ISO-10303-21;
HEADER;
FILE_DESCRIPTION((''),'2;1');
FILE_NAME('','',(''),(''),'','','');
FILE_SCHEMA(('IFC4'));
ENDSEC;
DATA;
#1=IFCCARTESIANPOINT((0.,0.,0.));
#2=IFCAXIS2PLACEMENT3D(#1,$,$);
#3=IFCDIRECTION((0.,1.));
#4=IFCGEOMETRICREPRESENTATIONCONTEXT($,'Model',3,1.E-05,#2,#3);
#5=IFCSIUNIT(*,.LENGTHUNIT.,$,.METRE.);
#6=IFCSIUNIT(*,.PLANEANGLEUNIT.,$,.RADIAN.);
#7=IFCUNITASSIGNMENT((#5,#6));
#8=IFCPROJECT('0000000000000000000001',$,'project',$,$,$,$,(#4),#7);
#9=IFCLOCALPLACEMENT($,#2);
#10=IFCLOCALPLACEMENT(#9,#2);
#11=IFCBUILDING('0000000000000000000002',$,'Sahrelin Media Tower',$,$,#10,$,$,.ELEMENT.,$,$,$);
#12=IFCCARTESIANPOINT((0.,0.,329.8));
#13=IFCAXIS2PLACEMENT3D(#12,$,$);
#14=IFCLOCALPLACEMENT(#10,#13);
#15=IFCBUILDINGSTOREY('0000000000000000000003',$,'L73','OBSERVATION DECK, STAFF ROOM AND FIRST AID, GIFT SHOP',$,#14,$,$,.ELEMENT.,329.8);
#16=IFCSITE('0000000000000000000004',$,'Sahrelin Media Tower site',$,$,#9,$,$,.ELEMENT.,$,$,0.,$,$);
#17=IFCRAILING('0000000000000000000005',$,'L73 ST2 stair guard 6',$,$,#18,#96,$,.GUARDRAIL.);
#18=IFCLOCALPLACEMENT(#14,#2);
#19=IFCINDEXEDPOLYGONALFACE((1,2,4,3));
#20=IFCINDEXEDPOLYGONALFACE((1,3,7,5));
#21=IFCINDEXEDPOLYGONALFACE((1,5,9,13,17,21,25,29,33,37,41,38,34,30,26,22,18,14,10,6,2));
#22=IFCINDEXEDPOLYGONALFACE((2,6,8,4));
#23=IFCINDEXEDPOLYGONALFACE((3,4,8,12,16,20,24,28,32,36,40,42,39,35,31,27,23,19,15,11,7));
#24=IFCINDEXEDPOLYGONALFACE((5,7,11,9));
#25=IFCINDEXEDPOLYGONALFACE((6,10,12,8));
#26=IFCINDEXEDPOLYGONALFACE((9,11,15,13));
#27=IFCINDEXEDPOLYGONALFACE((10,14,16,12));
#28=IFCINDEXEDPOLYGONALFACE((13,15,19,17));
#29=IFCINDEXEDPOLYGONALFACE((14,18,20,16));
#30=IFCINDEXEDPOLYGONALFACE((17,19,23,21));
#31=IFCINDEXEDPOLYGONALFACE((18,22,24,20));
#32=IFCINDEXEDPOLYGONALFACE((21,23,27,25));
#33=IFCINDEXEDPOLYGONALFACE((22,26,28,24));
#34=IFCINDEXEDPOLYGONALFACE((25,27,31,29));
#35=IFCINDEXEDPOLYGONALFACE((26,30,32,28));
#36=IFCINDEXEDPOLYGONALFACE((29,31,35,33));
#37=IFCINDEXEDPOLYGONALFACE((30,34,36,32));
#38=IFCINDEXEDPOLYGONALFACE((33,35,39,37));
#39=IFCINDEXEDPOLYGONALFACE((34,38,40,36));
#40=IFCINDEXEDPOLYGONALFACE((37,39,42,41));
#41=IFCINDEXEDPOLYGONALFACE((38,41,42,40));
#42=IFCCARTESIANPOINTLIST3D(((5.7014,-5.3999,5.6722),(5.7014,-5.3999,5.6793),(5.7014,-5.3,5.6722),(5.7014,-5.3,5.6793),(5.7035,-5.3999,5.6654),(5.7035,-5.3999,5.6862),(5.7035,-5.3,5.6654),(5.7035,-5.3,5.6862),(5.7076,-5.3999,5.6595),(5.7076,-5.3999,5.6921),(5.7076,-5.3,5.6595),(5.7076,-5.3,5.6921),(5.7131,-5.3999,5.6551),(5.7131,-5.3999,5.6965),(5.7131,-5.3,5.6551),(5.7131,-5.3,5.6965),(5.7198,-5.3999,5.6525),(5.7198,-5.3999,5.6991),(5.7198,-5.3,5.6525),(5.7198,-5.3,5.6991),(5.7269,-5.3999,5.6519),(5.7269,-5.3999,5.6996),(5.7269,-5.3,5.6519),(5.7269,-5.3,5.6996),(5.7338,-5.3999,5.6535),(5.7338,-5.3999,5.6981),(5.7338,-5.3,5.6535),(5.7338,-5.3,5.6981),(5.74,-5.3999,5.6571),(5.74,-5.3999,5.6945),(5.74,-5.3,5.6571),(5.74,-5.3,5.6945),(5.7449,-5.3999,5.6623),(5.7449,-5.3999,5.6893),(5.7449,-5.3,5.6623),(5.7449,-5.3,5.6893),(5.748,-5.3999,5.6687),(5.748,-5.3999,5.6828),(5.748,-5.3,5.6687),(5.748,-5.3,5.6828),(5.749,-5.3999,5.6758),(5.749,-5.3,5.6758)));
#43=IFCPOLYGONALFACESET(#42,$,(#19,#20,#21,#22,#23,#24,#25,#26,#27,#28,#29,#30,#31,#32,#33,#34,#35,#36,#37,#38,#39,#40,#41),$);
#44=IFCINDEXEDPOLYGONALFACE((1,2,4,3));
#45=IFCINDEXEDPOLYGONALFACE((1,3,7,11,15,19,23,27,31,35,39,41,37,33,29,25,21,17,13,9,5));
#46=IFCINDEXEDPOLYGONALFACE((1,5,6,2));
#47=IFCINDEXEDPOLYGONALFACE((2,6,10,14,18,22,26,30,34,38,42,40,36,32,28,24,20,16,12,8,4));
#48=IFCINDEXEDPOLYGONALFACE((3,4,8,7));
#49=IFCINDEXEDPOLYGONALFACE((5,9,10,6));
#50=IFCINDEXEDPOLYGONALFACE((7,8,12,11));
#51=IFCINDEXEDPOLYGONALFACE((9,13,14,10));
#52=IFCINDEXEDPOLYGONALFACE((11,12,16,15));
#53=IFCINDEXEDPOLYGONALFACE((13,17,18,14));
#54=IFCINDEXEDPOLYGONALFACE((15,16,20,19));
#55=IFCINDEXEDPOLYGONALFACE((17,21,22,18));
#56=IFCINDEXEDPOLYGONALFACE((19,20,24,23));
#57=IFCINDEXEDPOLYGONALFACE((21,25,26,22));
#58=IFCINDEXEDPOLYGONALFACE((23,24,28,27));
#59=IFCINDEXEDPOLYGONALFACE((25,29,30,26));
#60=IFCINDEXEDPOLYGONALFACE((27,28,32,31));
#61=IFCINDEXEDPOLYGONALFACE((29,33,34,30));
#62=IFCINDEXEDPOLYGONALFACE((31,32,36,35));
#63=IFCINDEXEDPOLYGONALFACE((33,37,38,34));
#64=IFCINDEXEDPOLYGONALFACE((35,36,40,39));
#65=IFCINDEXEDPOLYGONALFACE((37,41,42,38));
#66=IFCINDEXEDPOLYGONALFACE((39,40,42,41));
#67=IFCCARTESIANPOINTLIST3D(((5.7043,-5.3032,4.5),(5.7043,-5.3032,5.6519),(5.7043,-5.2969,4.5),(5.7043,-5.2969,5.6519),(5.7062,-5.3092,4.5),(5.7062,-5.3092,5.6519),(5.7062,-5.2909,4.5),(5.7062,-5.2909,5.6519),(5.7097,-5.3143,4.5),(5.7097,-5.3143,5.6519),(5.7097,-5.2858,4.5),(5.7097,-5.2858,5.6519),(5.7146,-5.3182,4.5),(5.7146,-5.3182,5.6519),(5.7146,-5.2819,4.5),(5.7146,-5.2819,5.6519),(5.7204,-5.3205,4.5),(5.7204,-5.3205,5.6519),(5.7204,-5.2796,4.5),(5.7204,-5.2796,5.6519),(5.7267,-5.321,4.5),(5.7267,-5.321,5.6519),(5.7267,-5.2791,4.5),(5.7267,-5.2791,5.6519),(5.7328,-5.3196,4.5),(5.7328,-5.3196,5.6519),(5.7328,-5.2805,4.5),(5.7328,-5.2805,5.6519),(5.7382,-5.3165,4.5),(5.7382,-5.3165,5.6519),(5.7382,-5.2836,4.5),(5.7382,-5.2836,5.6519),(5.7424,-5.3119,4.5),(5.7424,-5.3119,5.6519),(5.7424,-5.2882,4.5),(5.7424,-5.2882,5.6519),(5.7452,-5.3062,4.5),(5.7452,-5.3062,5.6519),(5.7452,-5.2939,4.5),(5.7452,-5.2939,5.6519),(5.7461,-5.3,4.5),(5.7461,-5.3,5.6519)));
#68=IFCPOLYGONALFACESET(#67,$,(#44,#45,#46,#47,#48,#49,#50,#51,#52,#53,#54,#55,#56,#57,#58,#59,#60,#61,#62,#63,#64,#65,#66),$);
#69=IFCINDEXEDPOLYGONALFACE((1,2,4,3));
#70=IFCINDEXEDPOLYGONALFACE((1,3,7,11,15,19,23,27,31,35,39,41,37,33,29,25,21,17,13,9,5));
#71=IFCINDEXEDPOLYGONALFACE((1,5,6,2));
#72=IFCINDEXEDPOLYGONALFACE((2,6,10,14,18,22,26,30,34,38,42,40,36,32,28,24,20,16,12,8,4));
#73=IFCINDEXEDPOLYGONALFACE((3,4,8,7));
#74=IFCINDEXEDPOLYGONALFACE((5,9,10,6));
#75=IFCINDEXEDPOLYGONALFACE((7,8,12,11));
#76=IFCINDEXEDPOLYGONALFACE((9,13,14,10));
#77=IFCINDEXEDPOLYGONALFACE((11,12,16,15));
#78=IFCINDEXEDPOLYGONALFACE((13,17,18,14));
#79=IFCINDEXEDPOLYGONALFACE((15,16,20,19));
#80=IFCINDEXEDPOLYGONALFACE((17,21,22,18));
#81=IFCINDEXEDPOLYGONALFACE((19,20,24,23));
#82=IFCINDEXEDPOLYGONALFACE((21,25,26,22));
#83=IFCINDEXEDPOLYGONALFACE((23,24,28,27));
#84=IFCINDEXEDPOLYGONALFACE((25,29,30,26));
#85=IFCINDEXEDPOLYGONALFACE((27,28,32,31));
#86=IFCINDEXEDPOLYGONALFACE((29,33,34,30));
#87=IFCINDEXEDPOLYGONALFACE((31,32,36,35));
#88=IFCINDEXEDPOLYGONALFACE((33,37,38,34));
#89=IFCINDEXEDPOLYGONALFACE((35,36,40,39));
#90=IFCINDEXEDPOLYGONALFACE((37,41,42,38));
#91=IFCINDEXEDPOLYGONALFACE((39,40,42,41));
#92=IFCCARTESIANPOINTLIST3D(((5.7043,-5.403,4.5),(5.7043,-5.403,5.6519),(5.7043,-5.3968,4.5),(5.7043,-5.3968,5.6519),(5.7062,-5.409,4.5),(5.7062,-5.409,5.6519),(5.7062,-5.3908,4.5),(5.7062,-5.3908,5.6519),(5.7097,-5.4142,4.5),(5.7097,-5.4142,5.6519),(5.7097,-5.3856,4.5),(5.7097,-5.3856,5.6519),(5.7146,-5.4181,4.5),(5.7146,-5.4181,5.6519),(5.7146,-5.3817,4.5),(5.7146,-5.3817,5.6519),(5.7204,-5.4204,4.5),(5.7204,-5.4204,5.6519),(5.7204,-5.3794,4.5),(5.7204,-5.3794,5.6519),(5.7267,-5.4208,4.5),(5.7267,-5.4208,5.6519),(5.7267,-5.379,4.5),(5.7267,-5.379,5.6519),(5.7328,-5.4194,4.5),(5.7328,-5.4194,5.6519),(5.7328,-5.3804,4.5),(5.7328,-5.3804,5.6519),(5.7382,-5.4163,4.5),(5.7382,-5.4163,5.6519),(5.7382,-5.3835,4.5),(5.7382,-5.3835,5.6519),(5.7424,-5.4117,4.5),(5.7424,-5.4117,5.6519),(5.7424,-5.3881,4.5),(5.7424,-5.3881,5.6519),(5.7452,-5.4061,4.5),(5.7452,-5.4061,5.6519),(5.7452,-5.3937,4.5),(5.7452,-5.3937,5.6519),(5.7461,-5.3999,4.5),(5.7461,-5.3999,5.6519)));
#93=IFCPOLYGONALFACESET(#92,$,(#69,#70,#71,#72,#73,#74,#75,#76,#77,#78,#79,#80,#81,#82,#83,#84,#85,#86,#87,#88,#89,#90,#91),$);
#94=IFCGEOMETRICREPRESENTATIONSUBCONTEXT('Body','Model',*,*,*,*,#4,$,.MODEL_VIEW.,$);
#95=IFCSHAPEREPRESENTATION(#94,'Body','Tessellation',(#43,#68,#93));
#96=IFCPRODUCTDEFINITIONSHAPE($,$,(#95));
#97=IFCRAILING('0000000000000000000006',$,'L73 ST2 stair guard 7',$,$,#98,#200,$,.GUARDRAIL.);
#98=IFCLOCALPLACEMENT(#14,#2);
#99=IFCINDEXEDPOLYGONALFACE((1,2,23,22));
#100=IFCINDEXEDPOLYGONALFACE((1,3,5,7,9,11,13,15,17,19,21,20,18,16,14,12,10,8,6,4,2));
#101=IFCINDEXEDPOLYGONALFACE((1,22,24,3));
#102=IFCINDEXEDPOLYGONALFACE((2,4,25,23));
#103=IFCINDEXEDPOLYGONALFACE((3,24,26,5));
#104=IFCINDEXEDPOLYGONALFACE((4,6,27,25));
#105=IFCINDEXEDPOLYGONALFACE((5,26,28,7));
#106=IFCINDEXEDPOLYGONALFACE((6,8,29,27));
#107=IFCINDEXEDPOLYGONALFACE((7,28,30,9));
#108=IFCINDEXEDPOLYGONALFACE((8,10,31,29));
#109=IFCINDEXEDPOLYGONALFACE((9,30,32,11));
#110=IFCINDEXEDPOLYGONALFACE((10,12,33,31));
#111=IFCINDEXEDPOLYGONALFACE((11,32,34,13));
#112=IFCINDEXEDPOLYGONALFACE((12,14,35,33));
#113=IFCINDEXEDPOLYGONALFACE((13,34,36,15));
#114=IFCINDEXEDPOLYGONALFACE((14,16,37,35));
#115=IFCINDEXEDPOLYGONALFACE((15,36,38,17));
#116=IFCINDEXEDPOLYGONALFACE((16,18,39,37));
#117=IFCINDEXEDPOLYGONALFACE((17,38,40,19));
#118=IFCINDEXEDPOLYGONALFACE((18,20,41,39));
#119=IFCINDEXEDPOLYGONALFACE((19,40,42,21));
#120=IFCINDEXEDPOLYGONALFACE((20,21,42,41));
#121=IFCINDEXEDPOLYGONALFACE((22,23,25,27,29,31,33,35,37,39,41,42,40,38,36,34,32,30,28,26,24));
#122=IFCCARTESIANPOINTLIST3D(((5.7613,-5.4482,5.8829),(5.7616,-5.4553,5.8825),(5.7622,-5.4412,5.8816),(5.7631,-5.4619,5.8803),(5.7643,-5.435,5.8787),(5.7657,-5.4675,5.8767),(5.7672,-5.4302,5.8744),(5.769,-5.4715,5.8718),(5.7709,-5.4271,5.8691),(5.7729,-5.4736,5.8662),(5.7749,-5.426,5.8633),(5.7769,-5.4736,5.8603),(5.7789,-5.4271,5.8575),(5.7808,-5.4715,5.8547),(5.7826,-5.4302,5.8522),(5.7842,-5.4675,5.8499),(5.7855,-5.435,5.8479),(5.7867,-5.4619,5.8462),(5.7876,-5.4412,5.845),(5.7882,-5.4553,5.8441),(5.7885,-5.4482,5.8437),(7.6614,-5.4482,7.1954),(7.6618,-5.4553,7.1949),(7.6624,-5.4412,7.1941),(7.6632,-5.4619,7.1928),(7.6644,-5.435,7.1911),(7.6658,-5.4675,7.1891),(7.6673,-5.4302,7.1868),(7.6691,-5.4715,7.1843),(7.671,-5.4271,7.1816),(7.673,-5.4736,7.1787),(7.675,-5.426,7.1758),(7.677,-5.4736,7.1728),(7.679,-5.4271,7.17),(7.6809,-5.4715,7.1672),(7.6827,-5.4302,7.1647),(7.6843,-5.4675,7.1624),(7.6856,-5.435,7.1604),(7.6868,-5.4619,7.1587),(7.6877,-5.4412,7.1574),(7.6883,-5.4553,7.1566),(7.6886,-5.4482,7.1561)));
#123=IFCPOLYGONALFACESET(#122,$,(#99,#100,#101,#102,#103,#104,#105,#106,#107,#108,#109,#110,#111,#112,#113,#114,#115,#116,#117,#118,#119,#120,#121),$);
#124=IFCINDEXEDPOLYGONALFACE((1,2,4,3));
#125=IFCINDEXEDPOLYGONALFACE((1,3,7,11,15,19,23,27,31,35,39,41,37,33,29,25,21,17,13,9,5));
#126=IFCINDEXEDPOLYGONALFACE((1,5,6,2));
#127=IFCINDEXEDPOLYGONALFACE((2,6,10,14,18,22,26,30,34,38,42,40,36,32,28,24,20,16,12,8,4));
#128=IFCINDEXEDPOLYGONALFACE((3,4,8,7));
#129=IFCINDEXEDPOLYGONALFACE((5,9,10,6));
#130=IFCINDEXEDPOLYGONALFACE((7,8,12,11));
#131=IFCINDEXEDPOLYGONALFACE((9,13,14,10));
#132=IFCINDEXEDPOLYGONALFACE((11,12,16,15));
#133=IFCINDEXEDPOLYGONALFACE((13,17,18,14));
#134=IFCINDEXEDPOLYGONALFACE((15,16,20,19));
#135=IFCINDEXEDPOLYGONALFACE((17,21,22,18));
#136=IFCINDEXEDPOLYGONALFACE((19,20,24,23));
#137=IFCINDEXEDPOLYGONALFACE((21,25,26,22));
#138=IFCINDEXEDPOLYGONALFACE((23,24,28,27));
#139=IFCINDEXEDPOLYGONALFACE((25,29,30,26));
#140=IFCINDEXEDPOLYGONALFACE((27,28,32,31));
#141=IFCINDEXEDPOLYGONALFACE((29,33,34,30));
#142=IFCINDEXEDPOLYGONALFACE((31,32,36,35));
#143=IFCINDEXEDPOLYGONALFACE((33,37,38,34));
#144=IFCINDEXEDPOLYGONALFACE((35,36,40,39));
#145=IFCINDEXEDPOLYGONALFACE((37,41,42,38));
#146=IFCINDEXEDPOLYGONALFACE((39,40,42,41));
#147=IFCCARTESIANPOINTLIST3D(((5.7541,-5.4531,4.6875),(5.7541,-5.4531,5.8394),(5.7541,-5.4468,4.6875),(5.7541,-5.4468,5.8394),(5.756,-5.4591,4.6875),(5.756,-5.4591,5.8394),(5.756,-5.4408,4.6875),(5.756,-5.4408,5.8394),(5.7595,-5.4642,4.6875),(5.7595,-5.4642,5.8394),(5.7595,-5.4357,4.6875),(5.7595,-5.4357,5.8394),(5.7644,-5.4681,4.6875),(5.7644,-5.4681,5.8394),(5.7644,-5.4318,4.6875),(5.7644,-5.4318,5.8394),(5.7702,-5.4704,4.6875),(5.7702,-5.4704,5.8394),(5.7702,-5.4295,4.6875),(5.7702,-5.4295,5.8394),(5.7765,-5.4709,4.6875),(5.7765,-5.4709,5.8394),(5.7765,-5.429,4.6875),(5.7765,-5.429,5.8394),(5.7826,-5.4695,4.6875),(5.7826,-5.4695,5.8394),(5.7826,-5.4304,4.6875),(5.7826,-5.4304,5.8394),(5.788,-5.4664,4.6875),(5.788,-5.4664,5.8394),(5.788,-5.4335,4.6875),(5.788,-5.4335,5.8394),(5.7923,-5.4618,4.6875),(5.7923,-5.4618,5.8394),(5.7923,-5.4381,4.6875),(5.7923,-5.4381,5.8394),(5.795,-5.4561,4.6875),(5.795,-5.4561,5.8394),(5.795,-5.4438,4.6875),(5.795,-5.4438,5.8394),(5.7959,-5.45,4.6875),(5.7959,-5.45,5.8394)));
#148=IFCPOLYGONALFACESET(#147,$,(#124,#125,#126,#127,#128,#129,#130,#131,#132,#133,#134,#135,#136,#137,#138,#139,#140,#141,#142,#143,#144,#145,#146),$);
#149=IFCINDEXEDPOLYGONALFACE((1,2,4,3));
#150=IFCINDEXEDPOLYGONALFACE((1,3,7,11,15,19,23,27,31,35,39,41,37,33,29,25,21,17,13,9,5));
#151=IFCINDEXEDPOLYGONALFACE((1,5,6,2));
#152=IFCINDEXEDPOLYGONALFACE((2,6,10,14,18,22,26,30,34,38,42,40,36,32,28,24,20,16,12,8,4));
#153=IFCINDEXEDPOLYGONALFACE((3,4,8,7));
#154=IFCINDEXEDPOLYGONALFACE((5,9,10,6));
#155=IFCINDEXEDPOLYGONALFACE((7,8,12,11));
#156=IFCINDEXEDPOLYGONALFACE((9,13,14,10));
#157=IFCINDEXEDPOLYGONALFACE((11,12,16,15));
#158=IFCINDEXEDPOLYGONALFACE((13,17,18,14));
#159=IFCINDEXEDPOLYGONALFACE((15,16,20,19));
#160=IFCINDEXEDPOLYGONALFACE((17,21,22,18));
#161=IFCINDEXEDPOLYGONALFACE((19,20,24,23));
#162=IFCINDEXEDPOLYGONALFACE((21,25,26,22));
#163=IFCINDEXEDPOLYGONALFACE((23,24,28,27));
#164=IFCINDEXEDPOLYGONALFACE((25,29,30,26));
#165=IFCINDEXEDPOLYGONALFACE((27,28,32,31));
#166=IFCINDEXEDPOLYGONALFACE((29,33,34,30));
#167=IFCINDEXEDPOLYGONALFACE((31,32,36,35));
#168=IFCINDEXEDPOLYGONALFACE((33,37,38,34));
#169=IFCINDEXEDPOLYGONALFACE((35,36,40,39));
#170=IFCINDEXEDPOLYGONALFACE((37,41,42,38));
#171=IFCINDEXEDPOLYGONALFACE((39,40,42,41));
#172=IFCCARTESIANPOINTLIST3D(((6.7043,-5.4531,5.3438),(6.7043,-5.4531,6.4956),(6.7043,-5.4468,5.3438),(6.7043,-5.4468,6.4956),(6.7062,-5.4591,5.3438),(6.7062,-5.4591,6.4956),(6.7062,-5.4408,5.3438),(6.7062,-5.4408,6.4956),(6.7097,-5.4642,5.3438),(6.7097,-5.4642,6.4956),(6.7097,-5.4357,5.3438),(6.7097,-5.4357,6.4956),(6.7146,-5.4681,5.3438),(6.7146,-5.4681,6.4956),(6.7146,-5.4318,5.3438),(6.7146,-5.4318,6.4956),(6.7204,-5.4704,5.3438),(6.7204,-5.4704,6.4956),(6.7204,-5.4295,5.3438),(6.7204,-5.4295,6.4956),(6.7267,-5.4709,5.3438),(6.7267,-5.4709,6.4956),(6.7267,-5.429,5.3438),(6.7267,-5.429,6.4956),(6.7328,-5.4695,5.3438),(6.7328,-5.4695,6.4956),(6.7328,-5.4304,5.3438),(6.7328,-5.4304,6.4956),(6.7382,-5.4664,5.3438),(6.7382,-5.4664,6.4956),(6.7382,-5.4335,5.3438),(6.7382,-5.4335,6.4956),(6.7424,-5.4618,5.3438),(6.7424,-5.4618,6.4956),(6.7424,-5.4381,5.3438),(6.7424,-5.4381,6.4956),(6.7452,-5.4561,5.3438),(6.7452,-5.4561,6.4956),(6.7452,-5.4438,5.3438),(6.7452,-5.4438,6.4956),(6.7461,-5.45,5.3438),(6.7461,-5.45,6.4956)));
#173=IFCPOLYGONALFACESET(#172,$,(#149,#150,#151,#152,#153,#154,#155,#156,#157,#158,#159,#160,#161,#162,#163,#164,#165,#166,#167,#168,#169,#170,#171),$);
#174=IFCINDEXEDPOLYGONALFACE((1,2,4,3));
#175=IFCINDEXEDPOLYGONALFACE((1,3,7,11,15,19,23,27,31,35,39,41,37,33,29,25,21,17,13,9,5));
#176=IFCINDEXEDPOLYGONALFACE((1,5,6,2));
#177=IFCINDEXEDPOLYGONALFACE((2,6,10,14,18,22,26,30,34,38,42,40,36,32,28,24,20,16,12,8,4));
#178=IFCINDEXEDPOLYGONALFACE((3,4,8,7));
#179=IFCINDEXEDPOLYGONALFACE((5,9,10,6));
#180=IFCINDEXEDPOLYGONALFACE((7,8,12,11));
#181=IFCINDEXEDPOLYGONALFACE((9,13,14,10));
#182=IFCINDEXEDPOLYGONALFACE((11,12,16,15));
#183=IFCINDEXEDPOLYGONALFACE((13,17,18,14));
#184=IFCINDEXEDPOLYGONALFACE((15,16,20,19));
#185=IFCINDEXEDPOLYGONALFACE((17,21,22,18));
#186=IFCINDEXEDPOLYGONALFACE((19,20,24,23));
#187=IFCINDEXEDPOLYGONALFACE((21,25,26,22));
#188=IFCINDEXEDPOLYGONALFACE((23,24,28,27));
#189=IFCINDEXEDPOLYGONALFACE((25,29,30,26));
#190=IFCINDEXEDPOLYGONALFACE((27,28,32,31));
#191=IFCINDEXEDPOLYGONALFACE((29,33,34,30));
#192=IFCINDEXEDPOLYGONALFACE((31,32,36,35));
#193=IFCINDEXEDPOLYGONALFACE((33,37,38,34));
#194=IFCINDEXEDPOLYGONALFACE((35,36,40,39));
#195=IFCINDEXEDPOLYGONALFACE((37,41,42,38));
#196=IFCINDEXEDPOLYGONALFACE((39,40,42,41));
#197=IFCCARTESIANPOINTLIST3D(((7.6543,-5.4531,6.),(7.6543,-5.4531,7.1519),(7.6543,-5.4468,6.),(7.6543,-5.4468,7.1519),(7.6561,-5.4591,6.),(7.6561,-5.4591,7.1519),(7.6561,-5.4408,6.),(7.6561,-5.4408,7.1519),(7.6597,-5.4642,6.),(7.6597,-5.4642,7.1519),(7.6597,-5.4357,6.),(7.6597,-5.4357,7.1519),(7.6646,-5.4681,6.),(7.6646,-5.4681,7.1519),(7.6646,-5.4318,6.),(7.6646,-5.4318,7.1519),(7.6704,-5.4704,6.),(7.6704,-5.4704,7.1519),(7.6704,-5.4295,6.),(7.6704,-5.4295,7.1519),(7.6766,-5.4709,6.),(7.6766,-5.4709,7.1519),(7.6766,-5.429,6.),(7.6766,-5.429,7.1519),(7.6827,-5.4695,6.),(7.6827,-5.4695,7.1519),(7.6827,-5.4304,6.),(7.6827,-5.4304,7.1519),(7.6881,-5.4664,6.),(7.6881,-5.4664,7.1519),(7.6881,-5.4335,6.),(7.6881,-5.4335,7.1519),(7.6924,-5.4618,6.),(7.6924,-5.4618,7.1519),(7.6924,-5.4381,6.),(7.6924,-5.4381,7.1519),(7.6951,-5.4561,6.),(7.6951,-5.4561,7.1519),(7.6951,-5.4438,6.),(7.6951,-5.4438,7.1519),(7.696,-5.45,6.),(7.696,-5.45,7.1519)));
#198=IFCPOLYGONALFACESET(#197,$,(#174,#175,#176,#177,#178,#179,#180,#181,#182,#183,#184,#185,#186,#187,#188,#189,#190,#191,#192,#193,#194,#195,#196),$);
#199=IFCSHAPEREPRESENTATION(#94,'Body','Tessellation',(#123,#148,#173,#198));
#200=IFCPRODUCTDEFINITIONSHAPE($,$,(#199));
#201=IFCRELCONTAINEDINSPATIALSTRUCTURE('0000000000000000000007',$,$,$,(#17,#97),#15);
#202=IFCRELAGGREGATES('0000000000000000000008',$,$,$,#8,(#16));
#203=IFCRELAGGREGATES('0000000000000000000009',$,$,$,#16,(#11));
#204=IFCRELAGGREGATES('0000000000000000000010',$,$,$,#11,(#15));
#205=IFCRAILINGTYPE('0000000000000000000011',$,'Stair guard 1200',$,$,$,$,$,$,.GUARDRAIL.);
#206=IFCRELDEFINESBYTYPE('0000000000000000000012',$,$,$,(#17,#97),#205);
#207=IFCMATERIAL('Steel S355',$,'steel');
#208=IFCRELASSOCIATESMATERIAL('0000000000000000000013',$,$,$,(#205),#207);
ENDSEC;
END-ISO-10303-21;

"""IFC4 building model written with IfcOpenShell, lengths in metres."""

from ifc_helpers import new_model, si_unit, direction, frame, origin, origin_2d, place, context, subcontext, project, spatial, circle, extrude, material, type_object, element, save


model = new_model("IFC4")

# Units and contexts
model_context = context("Model", 3, precision=1e-05, world=origin(), true_north=direction((0.0, 1.0)))
body_context = subcontext(model_context, "Body", "Model", "MODEL_VIEW")
ifc_project = project(units=[si_unit("LENGTHUNIT", "METRE"), si_unit("PLANEANGLEUNIT", "RADIAN")], contexts=[model_context])

# Site, building, storey
site_placement = place(None, origin())
site = spatial("IfcSite", under=ifc_project, at=site_placement, Name="Sahrelin Media Tower site", CompositionType="ELEMENT", RefElevation=0.0)
building_placement = place(site_placement, origin())
building = spatial("IfcBuilding", under=site, at=building_placement, Name="Sahrelin Media Tower", CompositionType="ELEMENT")
storey_placement = place(building_placement, frame((0.0, 0.0, 329.8)))
storey = spatial("IfcBuildingStorey", under=building, at=storey_placement, Name="L73", Description="OBSERVATION DECK, STAFF ROOM AND FIRST AID, GIFT SHOP", CompositionType="ELEMENT", Elevation=329.8)

# Shared definitions
ifc_material_1 = material(Name="Steel S355", Category="steel")

# Railings
railing_type_1 = type_object("IfcRailingType", Name="Stair guard 1200", PredefinedType="GUARDRAIL", material=ifc_material_1)
railing_1_placement = place(storey_placement, frame((5.7251, -5.3, 4.5)))
element("IfcRailing", 1, at=railing_1_placement, inside=storey, type_object=railing_type_1, Name="L73 ST2 stair guard 6", PredefinedType="GUARDRAIL", context=body_context, shape_type="SweptSolid", body=[
    extrude(circle(Radius=0.0239, at=origin_2d()), frame((0.0, 0.0, 1.1758), z_axis=(0.0, -1.0, 0.0), x_axis=(1.0, 0.0, 0.0)), (0.0, 0.0, 1.0), 0.0999),
    extrude(circle(Radius=0.021, at=origin_2d()), origin(), (0.0, 0.0, 1.0), 1.1519),
    extrude(circle(Radius=0.021, at=origin_2d()), frame((0.0, -0.0999, 0.0)), (0.0, 0.0, 1.0), 1.1519),
])
railing_2_placement = place(storey_placement, frame((5.7749, -5.45, 4.6875)))
element("IfcRailing", 2, at=railing_2_placement, inside=storey, type_object=railing_type_1, Name="L73 ST2 stair guard 7", PredefinedType="GUARDRAIL", context=body_context, shape_type="SweptSolid", body=[
    extrude(circle(Radius=0.0239, at=origin_2d()), frame((0.0, 0.0, 1.1758), z_axis=(0.822797, 0.0, 0.568336), x_axis=(0.0, 1.0, 0.0)), (0.0, 0.0, 1.0), 2.3093),
    extrude(circle(Radius=0.021, at=origin_2d()), origin(), (0.0, 0.0, 1.0), 1.1519),
    extrude(circle(Radius=0.021, at=origin_2d()), frame((0.9502, 0.0, 0.6562)), (0.0, 0.0, 1.0), 1.1519),
    extrude(circle(Radius=0.021, at=origin_2d()), frame((1.9001, 0.0, 1.3125)), (0.0, 0.0, 1.0), 1.1519),
])

save(model, "model.ifc")
